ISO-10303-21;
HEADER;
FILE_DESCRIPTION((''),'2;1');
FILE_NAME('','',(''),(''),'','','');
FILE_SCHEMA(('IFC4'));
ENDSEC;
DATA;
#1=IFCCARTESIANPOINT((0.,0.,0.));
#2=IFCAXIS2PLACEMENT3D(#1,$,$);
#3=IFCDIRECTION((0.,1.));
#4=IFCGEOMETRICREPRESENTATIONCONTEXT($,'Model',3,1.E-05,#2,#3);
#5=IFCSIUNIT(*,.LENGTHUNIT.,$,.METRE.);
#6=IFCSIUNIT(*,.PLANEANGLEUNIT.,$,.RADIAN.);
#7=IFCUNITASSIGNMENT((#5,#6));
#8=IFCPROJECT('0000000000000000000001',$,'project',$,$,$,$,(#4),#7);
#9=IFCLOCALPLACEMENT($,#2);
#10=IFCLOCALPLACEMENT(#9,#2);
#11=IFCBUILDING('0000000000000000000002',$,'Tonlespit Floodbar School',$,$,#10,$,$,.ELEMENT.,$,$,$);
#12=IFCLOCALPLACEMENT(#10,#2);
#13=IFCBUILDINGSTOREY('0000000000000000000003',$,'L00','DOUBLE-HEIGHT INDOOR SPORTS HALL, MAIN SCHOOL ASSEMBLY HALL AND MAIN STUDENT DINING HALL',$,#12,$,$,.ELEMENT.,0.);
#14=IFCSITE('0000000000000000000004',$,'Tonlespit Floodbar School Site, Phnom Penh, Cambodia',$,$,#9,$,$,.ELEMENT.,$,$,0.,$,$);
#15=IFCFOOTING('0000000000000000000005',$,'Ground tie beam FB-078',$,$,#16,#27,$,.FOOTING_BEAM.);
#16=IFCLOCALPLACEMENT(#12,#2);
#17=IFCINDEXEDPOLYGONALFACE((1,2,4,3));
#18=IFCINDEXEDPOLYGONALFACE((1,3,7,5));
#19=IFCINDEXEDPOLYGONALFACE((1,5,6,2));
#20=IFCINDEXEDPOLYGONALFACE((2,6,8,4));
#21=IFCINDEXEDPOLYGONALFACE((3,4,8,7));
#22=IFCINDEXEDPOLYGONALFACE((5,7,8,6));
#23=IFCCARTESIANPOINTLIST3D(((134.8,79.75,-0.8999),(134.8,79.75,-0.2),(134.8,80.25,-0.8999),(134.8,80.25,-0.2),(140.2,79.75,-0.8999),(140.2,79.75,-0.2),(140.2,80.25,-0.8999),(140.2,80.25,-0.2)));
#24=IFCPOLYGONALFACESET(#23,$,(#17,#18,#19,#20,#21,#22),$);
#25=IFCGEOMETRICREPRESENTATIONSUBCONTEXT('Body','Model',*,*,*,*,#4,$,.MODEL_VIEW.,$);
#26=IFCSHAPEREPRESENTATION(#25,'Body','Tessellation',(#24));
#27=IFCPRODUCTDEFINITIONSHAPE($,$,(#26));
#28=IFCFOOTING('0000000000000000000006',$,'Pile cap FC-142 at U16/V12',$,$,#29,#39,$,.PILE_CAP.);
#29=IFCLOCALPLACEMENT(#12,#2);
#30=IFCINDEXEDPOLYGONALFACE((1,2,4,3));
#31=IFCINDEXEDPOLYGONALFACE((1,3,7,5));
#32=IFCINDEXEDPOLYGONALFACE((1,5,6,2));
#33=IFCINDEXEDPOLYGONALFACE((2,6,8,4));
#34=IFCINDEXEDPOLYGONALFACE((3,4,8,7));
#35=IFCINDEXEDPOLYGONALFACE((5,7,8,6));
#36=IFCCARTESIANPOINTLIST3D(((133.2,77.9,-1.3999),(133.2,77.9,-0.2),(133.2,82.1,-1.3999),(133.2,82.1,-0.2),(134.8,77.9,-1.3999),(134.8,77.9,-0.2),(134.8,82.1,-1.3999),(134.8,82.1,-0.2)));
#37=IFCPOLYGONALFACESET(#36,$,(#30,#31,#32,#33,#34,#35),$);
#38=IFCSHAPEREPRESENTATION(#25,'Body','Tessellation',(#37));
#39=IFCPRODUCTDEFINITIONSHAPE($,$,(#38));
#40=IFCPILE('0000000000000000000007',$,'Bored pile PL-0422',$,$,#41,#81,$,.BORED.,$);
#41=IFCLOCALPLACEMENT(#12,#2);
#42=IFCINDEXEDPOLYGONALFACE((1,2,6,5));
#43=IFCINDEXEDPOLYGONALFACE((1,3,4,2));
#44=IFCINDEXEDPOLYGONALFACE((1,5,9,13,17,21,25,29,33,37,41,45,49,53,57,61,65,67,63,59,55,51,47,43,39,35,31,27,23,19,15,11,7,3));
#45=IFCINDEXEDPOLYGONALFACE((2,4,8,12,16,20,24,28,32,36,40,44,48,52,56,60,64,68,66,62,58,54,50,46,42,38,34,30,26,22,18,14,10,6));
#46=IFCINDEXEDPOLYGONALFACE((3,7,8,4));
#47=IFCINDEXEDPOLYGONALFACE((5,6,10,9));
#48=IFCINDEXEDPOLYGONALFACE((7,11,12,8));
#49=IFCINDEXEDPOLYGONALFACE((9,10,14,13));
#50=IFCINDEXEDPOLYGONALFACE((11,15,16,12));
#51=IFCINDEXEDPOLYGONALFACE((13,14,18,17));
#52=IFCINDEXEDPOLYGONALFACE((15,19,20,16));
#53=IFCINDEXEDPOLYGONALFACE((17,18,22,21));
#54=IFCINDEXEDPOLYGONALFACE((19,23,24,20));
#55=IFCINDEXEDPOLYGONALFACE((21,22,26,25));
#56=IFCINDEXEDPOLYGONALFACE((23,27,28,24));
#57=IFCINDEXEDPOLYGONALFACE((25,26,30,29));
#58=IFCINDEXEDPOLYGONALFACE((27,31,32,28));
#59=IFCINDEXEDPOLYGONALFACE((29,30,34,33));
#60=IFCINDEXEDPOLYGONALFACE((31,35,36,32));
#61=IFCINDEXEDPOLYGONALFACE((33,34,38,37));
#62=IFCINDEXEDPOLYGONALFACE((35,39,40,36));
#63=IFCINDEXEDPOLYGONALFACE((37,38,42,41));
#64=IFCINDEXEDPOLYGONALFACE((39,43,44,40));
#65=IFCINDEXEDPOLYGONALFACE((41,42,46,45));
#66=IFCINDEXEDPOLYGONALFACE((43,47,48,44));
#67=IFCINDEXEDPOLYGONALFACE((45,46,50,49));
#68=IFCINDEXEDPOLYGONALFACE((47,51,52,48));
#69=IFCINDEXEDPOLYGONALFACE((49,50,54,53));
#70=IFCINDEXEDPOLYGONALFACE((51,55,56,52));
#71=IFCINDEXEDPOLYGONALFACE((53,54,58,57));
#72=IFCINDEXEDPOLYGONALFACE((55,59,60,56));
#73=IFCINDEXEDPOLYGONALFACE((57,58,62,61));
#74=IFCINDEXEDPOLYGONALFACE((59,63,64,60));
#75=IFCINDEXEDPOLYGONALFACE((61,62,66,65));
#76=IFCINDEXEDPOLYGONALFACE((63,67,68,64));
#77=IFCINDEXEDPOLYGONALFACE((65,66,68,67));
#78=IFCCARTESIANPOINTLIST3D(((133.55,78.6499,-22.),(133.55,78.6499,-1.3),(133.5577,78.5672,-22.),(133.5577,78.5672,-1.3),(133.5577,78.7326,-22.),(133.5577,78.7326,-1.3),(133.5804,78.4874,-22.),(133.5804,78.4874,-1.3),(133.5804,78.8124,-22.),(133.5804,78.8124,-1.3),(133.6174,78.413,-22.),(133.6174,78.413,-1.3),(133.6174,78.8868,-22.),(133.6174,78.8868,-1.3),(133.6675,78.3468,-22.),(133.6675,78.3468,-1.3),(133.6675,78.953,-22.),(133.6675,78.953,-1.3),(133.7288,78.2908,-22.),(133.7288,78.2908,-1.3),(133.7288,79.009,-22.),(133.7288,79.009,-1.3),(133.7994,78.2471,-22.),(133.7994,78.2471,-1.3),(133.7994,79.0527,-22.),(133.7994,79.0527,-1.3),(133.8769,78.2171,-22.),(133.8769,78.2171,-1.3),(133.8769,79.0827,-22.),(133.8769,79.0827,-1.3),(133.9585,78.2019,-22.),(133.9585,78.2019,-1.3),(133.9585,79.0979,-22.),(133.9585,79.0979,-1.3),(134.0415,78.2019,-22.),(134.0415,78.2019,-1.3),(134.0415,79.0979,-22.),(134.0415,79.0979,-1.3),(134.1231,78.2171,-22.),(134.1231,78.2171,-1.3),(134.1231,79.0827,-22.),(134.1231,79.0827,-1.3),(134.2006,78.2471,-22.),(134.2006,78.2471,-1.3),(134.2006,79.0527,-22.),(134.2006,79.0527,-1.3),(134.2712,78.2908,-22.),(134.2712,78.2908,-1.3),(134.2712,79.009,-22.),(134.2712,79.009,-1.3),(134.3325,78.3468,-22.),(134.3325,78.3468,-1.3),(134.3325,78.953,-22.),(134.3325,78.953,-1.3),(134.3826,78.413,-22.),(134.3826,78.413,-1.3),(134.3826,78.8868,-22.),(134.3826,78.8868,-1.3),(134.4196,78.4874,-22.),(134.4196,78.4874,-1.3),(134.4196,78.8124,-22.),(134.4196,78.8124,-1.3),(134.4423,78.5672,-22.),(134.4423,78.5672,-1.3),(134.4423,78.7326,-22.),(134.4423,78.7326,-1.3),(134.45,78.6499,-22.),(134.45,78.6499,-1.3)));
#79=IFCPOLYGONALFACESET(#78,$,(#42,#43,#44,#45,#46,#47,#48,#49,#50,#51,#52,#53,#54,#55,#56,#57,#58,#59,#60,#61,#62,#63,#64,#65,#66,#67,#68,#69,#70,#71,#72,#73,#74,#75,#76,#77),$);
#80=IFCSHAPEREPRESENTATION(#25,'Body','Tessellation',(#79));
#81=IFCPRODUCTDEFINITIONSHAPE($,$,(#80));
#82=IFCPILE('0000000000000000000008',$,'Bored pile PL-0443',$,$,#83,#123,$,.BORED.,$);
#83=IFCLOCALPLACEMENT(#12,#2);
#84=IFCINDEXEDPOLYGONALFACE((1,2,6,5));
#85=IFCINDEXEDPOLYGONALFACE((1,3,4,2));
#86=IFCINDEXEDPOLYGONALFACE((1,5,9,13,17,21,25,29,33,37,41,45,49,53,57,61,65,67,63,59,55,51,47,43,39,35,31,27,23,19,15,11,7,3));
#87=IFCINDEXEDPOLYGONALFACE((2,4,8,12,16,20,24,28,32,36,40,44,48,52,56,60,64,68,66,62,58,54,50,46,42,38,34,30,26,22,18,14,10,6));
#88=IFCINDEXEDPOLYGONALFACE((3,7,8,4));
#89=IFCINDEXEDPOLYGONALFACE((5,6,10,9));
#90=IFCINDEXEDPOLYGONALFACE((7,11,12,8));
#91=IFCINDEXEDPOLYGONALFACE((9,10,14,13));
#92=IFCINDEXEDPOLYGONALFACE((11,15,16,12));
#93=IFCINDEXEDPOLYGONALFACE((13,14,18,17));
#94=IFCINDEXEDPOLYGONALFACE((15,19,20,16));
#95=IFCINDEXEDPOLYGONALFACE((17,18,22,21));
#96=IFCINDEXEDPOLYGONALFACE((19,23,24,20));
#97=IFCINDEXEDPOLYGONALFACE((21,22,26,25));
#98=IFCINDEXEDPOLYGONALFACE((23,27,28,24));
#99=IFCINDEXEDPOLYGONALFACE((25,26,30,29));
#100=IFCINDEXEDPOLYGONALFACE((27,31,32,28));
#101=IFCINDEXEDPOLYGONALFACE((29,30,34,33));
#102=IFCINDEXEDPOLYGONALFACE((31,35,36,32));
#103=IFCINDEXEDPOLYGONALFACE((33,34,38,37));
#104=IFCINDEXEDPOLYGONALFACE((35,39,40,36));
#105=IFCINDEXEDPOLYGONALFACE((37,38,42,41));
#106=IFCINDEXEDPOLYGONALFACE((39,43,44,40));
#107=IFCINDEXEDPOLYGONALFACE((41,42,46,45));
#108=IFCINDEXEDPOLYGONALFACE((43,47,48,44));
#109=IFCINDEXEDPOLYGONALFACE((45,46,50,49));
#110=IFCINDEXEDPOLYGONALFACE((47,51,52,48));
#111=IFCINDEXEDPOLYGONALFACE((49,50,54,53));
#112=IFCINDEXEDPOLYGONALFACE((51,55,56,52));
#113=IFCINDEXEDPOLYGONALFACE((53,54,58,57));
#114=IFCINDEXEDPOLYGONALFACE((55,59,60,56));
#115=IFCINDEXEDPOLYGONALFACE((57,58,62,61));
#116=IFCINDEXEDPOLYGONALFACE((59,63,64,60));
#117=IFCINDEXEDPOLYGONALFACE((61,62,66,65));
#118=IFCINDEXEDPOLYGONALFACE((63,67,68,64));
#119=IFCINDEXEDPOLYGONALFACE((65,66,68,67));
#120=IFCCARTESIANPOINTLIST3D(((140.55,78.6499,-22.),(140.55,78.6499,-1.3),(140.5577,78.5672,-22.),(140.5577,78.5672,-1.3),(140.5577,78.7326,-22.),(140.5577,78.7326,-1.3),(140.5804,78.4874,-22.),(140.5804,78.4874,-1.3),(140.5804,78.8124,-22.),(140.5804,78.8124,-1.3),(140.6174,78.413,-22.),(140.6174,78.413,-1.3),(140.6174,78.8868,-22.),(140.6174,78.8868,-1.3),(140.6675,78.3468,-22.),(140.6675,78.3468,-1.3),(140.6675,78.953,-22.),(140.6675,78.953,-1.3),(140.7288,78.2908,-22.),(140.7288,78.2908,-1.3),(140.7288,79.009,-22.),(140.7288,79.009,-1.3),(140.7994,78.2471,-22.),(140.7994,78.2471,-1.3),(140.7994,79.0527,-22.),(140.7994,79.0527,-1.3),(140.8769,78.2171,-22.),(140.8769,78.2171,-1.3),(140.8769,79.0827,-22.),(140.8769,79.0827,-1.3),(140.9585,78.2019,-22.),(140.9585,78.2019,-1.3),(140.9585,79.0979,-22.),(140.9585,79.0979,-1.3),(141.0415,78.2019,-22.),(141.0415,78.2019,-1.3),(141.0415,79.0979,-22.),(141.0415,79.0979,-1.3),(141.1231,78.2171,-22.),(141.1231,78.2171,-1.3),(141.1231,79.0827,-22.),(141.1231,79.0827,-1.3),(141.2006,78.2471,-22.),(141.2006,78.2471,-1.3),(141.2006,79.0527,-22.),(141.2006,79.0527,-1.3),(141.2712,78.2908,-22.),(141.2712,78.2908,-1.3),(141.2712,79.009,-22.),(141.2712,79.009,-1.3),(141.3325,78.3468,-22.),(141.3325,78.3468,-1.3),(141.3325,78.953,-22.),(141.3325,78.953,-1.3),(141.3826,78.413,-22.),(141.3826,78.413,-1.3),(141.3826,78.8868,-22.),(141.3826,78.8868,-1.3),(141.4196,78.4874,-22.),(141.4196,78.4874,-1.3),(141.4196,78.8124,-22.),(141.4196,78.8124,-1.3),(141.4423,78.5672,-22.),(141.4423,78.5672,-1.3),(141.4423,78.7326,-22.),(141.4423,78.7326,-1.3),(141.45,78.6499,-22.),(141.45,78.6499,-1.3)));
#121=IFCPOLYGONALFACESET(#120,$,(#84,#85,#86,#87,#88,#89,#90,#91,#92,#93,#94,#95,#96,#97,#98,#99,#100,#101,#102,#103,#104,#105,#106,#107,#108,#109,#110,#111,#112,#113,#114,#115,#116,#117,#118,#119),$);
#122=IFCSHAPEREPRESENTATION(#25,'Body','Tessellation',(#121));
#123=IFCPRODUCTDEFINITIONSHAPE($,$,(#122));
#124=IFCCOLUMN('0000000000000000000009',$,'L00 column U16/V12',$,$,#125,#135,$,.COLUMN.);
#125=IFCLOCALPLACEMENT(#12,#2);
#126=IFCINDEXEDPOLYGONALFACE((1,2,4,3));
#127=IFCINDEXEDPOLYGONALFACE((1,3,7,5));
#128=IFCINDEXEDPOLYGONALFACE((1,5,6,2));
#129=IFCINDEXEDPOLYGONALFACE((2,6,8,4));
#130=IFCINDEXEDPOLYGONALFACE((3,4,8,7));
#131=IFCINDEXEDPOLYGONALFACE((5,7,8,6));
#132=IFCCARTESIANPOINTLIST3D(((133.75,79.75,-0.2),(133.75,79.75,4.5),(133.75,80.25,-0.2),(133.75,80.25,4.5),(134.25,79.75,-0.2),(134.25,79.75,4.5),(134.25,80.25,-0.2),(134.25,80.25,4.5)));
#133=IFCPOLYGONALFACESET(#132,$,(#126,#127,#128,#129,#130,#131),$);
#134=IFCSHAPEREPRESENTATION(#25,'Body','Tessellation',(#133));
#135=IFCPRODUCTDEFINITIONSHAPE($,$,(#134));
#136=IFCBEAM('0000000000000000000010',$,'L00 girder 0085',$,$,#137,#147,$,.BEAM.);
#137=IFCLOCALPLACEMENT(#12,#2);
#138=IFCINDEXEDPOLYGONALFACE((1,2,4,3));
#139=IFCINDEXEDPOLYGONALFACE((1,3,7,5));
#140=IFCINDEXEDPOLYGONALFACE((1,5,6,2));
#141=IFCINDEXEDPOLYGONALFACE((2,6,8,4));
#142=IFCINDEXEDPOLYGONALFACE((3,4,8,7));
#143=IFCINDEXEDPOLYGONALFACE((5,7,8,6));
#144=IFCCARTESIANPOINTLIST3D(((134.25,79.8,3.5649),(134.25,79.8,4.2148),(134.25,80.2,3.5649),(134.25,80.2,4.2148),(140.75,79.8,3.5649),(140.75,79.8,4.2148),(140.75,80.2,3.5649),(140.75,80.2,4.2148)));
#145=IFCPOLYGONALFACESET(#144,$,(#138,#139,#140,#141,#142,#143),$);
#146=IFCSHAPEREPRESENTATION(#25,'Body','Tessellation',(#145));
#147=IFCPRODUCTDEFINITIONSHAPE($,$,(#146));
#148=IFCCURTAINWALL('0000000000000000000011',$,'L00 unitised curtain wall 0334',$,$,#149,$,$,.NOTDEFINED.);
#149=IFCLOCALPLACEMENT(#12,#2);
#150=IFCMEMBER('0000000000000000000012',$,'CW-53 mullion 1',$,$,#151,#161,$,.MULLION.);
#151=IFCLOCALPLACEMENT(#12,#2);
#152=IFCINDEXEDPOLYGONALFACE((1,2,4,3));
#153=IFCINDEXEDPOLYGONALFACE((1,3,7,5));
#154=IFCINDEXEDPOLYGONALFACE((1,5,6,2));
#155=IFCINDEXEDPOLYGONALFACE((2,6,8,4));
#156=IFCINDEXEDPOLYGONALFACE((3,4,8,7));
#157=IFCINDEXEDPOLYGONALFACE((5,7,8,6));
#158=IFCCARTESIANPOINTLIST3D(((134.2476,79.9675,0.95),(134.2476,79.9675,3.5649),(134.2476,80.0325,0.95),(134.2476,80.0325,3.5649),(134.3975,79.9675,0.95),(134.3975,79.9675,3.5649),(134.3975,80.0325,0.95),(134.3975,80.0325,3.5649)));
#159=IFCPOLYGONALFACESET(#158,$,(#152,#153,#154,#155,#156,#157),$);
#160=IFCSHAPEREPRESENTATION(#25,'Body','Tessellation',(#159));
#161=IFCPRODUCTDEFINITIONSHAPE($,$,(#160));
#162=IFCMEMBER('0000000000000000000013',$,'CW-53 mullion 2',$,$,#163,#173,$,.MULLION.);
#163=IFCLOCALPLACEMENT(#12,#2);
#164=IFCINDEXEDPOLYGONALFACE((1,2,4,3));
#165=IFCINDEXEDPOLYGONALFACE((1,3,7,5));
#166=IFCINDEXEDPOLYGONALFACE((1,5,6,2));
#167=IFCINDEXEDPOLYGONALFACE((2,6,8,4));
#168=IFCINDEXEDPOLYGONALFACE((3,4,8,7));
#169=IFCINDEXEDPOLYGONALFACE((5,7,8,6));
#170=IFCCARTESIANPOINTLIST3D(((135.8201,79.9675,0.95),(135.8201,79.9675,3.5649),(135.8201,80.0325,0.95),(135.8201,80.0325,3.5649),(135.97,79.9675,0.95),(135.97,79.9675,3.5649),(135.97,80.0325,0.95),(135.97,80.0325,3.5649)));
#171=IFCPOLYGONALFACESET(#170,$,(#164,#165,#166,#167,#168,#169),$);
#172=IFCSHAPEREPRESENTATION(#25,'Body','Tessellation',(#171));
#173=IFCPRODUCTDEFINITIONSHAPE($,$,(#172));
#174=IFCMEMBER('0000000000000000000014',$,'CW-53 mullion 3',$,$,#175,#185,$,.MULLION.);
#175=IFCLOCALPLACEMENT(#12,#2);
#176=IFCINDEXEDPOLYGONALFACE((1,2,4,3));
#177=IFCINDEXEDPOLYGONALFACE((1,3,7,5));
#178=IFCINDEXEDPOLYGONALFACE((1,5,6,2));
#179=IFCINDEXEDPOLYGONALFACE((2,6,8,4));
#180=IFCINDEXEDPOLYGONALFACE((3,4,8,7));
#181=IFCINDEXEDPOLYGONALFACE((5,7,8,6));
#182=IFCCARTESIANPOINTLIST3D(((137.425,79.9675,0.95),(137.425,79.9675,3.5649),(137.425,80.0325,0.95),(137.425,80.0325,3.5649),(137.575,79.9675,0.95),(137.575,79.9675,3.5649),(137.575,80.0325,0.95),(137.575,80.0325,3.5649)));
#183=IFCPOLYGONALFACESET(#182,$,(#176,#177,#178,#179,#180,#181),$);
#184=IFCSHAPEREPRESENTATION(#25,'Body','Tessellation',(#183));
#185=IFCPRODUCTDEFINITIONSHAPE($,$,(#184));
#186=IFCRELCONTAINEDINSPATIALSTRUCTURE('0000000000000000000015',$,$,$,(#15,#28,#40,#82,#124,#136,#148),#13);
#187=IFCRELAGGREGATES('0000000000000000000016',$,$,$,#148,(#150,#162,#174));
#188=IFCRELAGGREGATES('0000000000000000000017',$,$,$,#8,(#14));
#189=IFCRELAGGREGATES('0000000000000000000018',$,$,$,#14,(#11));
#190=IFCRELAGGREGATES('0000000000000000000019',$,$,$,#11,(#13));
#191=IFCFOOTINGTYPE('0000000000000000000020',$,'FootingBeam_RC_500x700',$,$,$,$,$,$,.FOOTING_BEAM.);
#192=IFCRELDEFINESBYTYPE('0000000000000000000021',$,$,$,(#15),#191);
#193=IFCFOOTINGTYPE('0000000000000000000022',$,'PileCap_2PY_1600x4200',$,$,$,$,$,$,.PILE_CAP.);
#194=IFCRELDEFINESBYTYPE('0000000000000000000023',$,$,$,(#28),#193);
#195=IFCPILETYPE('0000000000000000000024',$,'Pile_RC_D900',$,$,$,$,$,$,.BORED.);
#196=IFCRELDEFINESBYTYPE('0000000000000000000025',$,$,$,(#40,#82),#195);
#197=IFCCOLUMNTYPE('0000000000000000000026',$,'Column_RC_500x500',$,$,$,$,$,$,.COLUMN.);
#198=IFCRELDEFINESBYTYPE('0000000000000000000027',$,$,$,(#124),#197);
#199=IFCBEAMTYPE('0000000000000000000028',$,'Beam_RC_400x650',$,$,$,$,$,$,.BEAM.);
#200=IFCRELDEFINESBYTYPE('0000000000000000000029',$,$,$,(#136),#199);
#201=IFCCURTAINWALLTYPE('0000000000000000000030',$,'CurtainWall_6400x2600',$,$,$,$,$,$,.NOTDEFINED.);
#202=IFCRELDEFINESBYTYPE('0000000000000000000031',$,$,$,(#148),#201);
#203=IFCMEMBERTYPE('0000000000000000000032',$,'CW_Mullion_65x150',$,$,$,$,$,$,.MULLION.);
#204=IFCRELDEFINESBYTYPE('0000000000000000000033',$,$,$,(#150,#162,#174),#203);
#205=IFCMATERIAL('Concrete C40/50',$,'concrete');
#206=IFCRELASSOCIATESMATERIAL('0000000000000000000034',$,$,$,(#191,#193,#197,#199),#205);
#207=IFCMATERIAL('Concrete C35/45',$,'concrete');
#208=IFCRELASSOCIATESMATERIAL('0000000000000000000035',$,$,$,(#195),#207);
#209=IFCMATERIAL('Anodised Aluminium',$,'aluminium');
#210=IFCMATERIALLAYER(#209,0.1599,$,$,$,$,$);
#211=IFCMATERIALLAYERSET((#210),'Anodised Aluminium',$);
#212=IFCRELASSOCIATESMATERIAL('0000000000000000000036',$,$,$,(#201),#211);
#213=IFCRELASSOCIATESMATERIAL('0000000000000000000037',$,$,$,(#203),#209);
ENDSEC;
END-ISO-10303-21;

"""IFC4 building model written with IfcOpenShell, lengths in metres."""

from ifc_helpers import new_model, si_unit, direction, frame, origin, origin_2d, place, context, subcontext, project, spatial, rectangle, circle, extrude, material, layer, layer_set, material_profile, profile_set, type_object, element, aggregate, save


model = new_model("IFC4")

# Units and contexts
model_context = context("Model", 3, precision=1e-05, world=origin(), true_north=direction((0.0, 1.0)))
body_context = subcontext(model_context, "Body", "Model", "MODEL_VIEW")
ifc_project = project(units=[si_unit("LENGTHUNIT", "METRE"), si_unit("PLANEANGLEUNIT", "RADIAN")], contexts=[model_context])

# Site, building, storey
site_placement = place(None, origin())
site = spatial("IfcSite", under=ifc_project, at=site_placement, Name="Tonlespit Floodbar School Site, Phnom Penh, Cambodia", CompositionType="ELEMENT", RefElevation=0.0)
building_placement = place(site_placement, origin())
building = spatial("IfcBuilding", under=site, at=building_placement, Name="Tonlespit Floodbar School", CompositionType="ELEMENT")
storey_placement = place(building_placement, origin())
storey = spatial("IfcBuildingStorey", under=building, at=storey_placement, Name="L00", Description="DOUBLE-HEIGHT INDOOR SPORTS HALL, MAIN SCHOOL ASSEMBLY HALL AND MAIN STUDENT DINING HALL", CompositionType="ELEMENT", Elevation=0.0)

# Footings
ifc_material_1 = material(Name="Concrete C40/50", Category="concrete")
footing_type_1 = type_object("IfcFootingType", Name="FootingBeam_RC_500x700", PredefinedType="FOOTING_BEAM", material=ifc_material_1)
footing_1_placement = place(storey_placement, frame((137.5, 80.0, -0.8999), z_axis=(0.0, 0.0, 1.0), x_axis=(1.0, 0.0, 0.0)))
element("IfcFooting", 1, at=footing_1_placement, inside=storey, type_object=footing_type_1, Name="Ground tie beam FB-078", PredefinedType="FOOTING_BEAM", context=body_context, shape_type="SweptSolid", body=[
    extrude(rectangle(XDim=5.3999, YDim=0.5, at=origin_2d()), origin(), (0.0, 0.0, 1.0), 0.7),
])
footing_type_2 = type_object("IfcFootingType", Name="PileCap_2PY_1600x4200", PredefinedType="PILE_CAP", material=ifc_material_1)
footing_2_placement = place(storey_placement, frame((134.0, 80.0, -1.3999), z_axis=(0.0, 0.0, 1.0), x_axis=(1.0, 0.0, 0.0)))
element("IfcFooting", 2, at=footing_2_placement, inside=storey, type_object=footing_type_2, Name="Pile cap FC-142 at U16/V12", PredefinedType="PILE_CAP", context=body_context, shape_type="SweptSolid", body=[
    extrude(rectangle(XDim=1.6001, YDim=4.2, at=origin_2d()), origin(), (0.0, 0.0, 1.0), 1.2),
])

# Piles
ifc_material_2 = material(Name="Concrete C35/45", Category="concrete")
ifc_material_profile_1 = material_profile(ifc_material_2, circle(Radius=0.45, at=origin_2d()), Name="BP D900")
ifc_profile_set_1 = profile_set([ifc_material_profile_1], Name="Concrete C35/45")
pile_type = type_object("IfcPileType", Name="Pile_RC_D900", PredefinedType="BORED", material=ifc_profile_set_1)
for number, where, z_axis, x_axis, name in (
    (3, (134.0, 78.6499, -1.3), (0.0, 0.0, -1.0), (1.0, 0.0, 0.0), "Bored pile PL-0422"),
    (4, (141.0, 78.6499, -1.3), (0.0, 0.0, -1.0), (1.0, 0.0, 0.0), "Bored pile PL-0443"),
):
    element("IfcPile", number, at=place(storey_placement, frame(where, z_axis=z_axis, x_axis=x_axis)), inside=storey, type_object=pile_type, Name=name, PredefinedType="BORED", context=body_context, shape_type="SweptSolid", body=[
        extrude(circle(Radius=0.45, at=origin_2d()), origin(), (0.0, 0.0, 1.0), 20.7),
    ])

# Column
ifc_material_profile_2 = material_profile(ifc_material_1, rectangle(XDim=0.5, YDim=0.5, at=origin_2d()), Name="RC 500x500")
ifc_profile_set_2 = profile_set([ifc_material_profile_2], Name="Concrete C40/50")
column_type = type_object("IfcColumnType", Name="Column_RC_500x500", PredefinedType="COLUMN", material=ifc_profile_set_2)
column_placement = place(storey_placement, frame((134.0, 80.0, -0.2), z_axis=(0.0, 0.0, 1.0), x_axis=(1.0, 0.0, 0.0)))
element("IfcColumn", 5, at=column_placement, inside=storey, type_object=column_type, Name="L00 column U16/V12", PredefinedType="COLUMN", context=body_context, shape_type="SweptSolid", body=[
    extrude(rectangle(XDim=0.5, YDim=0.5, at=origin_2d()), origin(), (0.0, 0.0, 1.0), 4.7),
])

# Beam
ifc_material_profile_3 = material_profile(ifc_material_1, rectangle(XDim=0.3999, YDim=0.6499, at=origin_2d()), Name="RC 400x650")
ifc_profile_set_3 = profile_set([ifc_material_profile_3], Name="Concrete C40/50")
beam_type = type_object("IfcBeamType", Name="Beam_RC_400x650", PredefinedType="BEAM", material=ifc_profile_set_3)
beam_placement = place(storey_placement, frame((134.25, 80.0, 3.8899), z_axis=(1.0, 0.0, 0.0), x_axis=(0.0, 1.0, 0.0)))
element("IfcBeam", 6, at=beam_placement, inside=storey, type_object=beam_type, Name="L00 girder 0085", PredefinedType="BEAM", context=body_context, shape_type="SweptSolid", body=[
    extrude(rectangle(XDim=0.3999, YDim=0.6499, at=origin_2d()), origin(), (0.0, 0.0, 1.0), 6.5),
])

# Curtain wall, members
ifc_material_3 = material(Name="Anodised Aluminium", Category="aluminium")
ifc_layer_1 = layer(ifc_material_3, 0.1599)
ifc_layer_set_1 = layer_set([ifc_layer_1], Name="Anodised Aluminium")
curtain_wall_type_1 = type_object("IfcCurtainWallType", Name="CurtainWall_6400x2600", PredefinedType="NOTDEFINED", material=ifc_layer_set_1)
curtain_wall_1_placement = place(storey_placement, origin())
curtain_wall_1 = element("IfcCurtainWall", 7, at=curtain_wall_1_placement, inside=storey, type_object=curtain_wall_type_1, Name="L00 unitised curtain wall 0334", PredefinedType="NOTDEFINED")
ifc_material_profile_4 = material_profile(ifc_material_3, rectangle(XDim=0.0649, YDim=0.1499, at=origin_2d()), Name="ALU M65x150")
ifc_profile_set_4 = profile_set([ifc_material_profile_4], Name="Anodised Aluminium")
member_type_1 = type_object("IfcMemberType", Name="CW_Mullion_65x150", PredefinedType="MULLION", material=ifc_profile_set_4)
member_1_placement = place(storey_placement, frame((134.3225, 80.0, 0.95), z_axis=(0.0, 0.0, 1.0), x_axis=(0.0, 1.0, 0.0)))
member_1 = element("IfcMember", 8, at=member_1_placement, type_object=member_type_1, Name="CW-53 mullion 1", PredefinedType="MULLION", context=body_context, shape_type="SweptSolid", body=[
    extrude(rectangle(XDim=0.0649, YDim=0.1499, at=origin_2d()), origin(), (0.0, 0.0, 1.0), 2.615),
])
member_2_placement = place(storey_placement, frame((135.895, 80.0, 0.95), z_axis=(0.0, 0.0, 1.0), x_axis=(0.0, 1.0, 0.0)))
member_2 = element("IfcMember", 9, at=member_2_placement, type_object=member_type_1, Name="CW-53 mullion 2", PredefinedType="MULLION", context=body_context, shape_type="SweptSolid", body=[
    extrude(rectangle(XDim=0.0649, YDim=0.1499, at=origin_2d()), origin(), (0.0, 0.0, 1.0), 2.615),
])
member_3_placement = place(storey_placement, frame((137.5, 80.0, 0.95), z_axis=(0.0, 0.0, 1.0), x_axis=(0.0, 1.0, 0.0)))
member_3 = element("IfcMember", 10, at=member_3_placement, type_object=member_type_1, Name="CW-53 mullion 3", PredefinedType="MULLION", context=body_context, shape_type="SweptSolid", body=[
    extrude(rectangle(XDim=0.0649, YDim=0.1499, at=origin_2d()), origin(), (0.0, 0.0, 1.0), 2.615),
])

aggregate(curtain_wall_1, [member_1, member_2, member_3])

save(model, "model.ifc")
